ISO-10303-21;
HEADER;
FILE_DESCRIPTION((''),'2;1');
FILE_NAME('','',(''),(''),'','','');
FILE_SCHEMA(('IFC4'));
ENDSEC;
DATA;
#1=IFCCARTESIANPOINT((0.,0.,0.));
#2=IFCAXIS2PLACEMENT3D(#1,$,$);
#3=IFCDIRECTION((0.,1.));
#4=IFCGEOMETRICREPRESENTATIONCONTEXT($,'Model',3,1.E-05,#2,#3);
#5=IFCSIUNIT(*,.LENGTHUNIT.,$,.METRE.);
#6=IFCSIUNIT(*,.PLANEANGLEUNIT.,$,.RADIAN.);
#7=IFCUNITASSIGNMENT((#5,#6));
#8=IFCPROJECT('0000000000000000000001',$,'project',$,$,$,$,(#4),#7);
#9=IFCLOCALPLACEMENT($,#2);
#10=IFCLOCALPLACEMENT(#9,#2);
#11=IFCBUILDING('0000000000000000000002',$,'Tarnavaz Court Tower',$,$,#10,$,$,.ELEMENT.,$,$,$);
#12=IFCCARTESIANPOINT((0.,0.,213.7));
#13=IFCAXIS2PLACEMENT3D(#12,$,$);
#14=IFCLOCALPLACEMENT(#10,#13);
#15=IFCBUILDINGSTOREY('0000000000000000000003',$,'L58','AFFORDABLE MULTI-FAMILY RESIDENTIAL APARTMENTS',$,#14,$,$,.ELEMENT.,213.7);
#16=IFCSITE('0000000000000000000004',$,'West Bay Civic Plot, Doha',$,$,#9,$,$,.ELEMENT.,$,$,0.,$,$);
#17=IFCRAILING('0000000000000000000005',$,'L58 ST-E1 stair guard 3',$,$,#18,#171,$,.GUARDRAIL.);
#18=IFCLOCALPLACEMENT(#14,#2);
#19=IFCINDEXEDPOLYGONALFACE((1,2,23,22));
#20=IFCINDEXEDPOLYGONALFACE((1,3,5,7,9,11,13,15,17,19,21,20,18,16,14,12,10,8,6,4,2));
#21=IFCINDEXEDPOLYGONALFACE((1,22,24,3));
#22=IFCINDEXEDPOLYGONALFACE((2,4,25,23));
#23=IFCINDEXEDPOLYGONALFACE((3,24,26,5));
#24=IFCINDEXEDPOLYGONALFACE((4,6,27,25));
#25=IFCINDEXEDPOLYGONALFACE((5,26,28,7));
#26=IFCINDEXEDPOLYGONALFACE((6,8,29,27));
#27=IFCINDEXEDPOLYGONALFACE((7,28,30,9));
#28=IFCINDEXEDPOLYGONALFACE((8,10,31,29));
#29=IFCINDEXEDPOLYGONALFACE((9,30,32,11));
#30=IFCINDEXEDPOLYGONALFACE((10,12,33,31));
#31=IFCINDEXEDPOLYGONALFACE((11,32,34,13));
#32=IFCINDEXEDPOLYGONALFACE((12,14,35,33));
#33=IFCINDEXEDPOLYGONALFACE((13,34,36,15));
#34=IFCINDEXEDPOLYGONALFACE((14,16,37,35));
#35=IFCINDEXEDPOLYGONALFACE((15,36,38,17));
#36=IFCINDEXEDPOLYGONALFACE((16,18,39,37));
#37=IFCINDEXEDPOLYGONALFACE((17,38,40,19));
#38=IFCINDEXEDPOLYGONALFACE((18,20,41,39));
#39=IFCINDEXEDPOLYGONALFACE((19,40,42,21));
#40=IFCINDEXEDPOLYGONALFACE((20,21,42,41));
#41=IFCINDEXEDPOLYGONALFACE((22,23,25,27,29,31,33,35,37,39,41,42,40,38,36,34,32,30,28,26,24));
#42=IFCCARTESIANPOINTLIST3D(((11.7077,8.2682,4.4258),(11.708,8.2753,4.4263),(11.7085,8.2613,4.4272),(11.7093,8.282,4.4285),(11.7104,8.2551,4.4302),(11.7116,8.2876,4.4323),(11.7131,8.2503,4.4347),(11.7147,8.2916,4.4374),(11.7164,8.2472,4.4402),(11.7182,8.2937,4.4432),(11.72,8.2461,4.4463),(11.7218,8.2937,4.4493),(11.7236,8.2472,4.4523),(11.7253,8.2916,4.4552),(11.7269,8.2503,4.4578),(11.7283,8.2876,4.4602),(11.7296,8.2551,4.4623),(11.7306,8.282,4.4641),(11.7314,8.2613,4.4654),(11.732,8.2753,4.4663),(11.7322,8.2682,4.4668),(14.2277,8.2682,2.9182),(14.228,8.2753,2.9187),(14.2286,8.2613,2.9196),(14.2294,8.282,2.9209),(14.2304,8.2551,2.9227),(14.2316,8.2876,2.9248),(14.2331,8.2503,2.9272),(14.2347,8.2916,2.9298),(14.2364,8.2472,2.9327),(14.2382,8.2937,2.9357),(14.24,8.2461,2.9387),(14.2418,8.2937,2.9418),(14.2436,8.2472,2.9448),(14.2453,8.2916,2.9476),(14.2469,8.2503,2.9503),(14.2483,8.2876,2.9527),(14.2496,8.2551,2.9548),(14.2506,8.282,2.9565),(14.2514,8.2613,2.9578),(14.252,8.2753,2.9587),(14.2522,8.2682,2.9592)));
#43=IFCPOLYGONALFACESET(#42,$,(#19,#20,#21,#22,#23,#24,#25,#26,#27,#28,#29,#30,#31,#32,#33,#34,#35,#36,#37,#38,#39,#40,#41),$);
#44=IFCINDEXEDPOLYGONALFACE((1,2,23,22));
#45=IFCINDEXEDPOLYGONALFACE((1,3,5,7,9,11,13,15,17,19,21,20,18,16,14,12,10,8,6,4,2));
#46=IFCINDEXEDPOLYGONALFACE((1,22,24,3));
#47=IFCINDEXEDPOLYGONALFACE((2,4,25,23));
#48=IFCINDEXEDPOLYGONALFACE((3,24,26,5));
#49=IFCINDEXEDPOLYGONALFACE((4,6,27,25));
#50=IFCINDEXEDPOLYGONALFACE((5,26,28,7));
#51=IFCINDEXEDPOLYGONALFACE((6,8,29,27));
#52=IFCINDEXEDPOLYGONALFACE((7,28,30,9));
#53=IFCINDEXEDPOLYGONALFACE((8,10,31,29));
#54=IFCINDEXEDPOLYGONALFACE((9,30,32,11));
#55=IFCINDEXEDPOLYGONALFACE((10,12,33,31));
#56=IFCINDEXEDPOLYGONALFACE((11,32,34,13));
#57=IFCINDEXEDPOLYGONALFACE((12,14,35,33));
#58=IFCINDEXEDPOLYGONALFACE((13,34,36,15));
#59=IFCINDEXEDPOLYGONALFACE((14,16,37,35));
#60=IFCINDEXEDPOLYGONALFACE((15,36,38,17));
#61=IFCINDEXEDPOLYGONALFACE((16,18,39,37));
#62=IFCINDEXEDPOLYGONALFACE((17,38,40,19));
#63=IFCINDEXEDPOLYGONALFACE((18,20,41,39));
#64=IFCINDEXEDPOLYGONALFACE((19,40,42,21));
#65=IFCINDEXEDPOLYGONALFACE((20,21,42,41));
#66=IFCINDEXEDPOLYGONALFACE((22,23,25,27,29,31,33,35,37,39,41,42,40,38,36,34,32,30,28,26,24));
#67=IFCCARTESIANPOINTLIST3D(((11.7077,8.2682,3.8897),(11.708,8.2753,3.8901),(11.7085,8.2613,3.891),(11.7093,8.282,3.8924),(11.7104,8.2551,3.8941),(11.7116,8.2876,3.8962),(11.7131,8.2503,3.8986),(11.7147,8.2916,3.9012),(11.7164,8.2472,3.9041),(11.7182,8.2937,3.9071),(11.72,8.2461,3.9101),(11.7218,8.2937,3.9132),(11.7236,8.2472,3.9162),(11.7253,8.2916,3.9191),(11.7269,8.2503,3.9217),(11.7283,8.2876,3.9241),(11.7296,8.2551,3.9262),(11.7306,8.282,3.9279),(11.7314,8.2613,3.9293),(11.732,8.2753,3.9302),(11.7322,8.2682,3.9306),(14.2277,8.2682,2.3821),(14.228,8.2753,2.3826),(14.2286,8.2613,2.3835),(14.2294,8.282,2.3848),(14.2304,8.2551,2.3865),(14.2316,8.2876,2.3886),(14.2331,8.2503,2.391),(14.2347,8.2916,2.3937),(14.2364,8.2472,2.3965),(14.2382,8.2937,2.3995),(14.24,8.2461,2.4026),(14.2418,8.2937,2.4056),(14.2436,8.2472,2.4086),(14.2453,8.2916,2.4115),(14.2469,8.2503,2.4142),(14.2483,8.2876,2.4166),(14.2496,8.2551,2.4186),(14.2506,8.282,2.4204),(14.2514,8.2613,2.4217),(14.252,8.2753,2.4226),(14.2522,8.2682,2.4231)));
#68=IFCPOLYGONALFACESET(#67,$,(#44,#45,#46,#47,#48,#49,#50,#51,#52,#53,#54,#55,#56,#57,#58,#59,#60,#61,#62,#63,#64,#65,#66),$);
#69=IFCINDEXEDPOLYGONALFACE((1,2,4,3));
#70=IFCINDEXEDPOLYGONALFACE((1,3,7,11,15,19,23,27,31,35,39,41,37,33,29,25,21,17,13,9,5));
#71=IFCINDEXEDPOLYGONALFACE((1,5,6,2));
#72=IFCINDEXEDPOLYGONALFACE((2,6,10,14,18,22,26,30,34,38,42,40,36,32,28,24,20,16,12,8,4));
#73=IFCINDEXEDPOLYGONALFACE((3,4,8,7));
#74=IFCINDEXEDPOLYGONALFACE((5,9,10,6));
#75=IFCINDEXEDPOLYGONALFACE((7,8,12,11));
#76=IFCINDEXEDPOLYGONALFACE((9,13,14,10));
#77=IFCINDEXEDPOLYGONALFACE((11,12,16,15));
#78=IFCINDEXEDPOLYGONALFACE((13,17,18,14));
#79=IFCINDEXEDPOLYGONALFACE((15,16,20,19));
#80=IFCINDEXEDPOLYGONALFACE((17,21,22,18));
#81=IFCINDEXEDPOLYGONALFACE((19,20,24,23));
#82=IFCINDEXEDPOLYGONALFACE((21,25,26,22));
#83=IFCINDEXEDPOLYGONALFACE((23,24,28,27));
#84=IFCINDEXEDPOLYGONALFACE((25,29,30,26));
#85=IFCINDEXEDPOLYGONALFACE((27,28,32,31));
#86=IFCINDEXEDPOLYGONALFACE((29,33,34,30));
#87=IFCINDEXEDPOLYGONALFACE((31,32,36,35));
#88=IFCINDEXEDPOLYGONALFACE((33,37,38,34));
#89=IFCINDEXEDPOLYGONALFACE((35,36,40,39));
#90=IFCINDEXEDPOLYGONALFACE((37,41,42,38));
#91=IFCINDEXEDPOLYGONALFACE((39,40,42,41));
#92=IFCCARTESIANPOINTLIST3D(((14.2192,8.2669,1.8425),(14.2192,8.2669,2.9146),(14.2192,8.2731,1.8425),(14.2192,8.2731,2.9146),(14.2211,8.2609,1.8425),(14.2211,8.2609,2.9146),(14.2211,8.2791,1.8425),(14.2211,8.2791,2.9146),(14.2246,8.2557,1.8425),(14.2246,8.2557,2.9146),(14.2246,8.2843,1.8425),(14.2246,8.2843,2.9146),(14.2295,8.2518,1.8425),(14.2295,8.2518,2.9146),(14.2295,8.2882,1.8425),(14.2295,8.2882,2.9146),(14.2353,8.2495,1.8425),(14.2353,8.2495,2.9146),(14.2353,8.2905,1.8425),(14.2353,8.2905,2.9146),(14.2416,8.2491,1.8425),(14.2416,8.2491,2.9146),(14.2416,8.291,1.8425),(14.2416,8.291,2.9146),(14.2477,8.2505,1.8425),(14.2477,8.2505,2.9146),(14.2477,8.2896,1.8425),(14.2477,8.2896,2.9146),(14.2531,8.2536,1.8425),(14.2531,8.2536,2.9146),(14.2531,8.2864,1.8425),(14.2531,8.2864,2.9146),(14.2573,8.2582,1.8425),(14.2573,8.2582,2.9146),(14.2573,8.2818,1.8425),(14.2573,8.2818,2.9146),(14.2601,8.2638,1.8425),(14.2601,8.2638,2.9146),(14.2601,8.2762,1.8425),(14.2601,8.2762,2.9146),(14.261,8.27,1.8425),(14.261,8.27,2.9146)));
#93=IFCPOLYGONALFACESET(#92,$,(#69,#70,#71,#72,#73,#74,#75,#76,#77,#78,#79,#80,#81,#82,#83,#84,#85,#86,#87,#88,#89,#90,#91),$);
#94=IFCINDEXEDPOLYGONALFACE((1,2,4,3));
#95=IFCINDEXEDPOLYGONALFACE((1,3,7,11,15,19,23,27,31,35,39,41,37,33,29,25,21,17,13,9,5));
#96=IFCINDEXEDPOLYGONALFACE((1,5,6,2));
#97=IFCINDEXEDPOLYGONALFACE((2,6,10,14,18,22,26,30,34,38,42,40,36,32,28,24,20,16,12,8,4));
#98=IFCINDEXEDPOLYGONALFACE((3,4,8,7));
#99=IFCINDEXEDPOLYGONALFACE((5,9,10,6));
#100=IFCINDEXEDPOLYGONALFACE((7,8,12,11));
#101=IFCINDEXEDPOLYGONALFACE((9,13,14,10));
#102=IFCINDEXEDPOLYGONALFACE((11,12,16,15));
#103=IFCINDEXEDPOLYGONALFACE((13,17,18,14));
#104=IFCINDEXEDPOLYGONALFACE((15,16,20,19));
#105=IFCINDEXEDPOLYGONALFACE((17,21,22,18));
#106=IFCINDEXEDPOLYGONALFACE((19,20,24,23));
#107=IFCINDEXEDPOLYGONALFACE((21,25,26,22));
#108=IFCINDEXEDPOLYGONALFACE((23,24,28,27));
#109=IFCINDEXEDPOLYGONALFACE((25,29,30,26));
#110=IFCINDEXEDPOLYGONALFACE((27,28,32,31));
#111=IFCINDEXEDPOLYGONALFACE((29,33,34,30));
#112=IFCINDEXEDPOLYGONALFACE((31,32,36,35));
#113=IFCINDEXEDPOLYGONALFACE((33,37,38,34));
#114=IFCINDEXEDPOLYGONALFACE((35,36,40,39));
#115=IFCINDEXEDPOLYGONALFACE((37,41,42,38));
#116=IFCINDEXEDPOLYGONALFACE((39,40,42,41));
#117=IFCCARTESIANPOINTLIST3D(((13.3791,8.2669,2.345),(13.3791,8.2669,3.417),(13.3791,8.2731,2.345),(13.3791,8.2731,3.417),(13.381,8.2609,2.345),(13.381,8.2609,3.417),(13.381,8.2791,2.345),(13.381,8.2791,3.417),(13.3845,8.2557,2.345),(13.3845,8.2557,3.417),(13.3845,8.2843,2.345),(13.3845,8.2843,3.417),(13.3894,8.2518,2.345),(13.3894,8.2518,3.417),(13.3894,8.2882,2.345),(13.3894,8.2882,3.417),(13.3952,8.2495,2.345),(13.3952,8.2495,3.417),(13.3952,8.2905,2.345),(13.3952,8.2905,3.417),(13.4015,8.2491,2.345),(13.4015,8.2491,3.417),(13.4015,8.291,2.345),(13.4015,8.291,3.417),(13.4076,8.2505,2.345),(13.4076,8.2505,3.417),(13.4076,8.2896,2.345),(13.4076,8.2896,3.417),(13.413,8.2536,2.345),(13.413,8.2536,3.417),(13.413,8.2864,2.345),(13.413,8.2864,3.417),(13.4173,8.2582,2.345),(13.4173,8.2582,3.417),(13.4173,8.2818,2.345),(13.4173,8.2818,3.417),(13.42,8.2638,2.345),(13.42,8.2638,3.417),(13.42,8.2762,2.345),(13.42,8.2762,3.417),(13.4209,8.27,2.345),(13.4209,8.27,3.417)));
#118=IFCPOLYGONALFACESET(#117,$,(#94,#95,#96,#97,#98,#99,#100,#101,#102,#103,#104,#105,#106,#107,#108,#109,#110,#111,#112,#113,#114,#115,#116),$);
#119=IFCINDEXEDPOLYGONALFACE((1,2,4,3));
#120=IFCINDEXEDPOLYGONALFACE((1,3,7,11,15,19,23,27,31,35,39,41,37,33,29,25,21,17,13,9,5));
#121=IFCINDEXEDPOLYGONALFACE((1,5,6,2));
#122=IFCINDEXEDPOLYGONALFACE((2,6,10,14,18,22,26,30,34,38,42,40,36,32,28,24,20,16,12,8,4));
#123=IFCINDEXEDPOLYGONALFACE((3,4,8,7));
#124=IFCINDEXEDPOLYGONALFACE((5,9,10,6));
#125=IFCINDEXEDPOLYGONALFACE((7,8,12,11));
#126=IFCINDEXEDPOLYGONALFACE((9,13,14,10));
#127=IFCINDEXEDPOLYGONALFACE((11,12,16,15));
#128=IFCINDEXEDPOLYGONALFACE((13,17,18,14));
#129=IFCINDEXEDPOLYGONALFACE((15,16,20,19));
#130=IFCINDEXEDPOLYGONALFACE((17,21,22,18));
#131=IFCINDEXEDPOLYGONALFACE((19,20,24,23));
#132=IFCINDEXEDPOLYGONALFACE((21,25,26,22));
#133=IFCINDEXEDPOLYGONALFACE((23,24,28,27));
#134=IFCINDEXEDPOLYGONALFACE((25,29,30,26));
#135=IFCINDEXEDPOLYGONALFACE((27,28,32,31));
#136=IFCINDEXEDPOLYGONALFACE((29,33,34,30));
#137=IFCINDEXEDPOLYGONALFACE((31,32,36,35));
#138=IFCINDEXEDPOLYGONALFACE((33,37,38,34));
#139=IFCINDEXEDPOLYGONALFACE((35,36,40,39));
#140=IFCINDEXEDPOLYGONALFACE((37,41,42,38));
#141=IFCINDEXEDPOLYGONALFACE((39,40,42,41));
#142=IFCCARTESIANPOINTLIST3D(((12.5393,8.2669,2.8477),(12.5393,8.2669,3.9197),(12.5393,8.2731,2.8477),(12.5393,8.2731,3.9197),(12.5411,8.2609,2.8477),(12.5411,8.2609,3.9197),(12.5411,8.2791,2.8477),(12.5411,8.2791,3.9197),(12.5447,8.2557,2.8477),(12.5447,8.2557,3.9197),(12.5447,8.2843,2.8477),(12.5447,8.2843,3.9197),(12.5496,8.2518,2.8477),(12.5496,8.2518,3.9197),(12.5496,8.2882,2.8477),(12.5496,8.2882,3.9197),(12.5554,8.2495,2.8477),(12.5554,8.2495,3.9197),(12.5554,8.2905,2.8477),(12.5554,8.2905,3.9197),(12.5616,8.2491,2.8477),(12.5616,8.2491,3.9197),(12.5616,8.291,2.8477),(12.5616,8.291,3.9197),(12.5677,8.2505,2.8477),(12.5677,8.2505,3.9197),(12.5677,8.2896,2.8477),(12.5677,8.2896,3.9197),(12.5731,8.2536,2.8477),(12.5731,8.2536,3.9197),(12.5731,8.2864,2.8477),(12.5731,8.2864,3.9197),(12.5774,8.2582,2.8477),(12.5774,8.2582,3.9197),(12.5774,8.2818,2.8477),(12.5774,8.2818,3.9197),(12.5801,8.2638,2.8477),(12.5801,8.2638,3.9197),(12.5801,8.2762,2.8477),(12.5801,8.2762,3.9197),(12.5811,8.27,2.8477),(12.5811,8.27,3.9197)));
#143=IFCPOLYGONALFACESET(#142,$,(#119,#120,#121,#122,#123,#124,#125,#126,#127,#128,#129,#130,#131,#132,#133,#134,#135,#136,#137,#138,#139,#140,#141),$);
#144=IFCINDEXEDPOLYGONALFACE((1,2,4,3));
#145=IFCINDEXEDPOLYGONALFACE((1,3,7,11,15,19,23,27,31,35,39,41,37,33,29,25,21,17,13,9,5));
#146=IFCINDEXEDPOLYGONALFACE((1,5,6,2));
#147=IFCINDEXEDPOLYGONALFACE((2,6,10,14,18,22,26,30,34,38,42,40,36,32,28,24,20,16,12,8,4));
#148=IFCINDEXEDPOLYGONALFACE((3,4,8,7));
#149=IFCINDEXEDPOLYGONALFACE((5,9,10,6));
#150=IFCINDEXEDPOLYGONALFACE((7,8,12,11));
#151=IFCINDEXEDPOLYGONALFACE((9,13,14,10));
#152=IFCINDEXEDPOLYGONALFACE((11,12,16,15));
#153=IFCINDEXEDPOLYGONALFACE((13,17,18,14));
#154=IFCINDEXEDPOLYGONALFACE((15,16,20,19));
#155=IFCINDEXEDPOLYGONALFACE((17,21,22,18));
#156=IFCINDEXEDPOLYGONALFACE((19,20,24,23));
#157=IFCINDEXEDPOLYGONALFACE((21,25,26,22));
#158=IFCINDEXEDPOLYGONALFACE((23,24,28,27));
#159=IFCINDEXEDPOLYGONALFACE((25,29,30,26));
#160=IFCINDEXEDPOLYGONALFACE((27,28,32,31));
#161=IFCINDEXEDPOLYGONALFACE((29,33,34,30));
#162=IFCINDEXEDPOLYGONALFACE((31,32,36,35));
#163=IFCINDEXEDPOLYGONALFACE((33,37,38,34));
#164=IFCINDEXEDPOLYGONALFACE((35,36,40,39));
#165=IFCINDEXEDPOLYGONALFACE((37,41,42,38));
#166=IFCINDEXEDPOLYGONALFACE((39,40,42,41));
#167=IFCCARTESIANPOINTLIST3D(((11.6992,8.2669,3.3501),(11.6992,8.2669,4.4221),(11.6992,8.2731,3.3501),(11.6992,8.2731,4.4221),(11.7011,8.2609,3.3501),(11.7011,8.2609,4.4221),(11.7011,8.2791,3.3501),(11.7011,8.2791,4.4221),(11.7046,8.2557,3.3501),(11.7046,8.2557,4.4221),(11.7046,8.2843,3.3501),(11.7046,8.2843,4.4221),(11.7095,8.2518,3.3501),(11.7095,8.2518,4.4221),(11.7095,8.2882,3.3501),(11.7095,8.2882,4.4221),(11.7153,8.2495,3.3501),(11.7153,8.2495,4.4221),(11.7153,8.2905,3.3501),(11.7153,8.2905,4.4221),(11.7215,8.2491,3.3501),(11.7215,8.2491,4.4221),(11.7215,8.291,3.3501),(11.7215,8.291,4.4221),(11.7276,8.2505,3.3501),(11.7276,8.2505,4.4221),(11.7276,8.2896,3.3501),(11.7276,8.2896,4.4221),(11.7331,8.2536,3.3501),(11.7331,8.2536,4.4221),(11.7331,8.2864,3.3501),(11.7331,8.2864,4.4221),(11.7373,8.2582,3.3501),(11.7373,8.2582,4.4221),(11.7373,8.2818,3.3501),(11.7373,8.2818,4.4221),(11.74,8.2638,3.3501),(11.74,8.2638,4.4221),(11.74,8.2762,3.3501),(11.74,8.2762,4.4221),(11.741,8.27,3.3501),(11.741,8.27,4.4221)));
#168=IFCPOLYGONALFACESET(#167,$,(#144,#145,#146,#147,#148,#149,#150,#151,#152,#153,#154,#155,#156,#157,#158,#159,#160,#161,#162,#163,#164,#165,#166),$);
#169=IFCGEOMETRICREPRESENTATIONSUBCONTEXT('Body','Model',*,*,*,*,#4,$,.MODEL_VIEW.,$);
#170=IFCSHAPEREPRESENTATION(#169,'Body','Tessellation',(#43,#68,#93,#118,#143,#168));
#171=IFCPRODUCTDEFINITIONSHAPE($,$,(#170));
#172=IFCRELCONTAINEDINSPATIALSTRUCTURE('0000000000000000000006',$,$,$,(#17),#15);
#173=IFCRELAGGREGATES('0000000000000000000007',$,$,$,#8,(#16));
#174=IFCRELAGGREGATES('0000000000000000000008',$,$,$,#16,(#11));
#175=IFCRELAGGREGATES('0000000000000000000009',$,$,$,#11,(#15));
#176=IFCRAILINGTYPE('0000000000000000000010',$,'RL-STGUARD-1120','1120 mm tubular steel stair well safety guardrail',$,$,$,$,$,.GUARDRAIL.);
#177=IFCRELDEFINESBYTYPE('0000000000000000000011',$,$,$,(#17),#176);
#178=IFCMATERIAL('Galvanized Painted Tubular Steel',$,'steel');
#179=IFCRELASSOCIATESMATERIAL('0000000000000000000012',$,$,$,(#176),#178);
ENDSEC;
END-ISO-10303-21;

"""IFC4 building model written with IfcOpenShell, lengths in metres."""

from ifc_helpers import new_model, si_unit, direction, frame, origin, origin_2d, place, context, subcontext, project, spatial, circle, extrude, material, type_object, element, save


model = new_model("IFC4")

# Units and contexts
model_context = context("Model", 3, precision=1e-05, world=origin(), true_north=direction((0.0, 1.0)))
body_context = subcontext(model_context, "Body", "Model", "MODEL_VIEW")
ifc_project = project(units=[si_unit("LENGTHUNIT", "METRE"), si_unit("PLANEANGLEUNIT", "RADIAN")], contexts=[model_context])

# Site, building, storey
site_placement = place(None, origin())
site = spatial("IfcSite", under=ifc_project, at=site_placement, Name="West Bay Civic Plot, Doha", CompositionType="ELEMENT", RefElevation=0.0)
building_placement = place(site_placement, origin())
building = spatial("IfcBuilding", under=site, at=building_placement, Name="Tarnavaz Court Tower", CompositionType="ELEMENT")
storey_placement = place(building_placement, frame((0.0, 0.0, 213.7)))
storey = spatial("IfcBuildingStorey", under=building, at=storey_placement, Name="L58", Description="AFFORDABLE MULTI-FAMILY RESIDENTIAL APARTMENTS", CompositionType="ELEMENT", Elevation=213.7)

# Railing
ifc_material_1 = material(Name="Galvanized Painted Tubular Steel", Category="steel")
railing_type_1 = type_object("IfcRailingType", Name="RL-STGUARD-1120", Description="1120 mm tubular steel stair well safety guardrail", PredefinedType="GUARDRAIL", material=ifc_material_1)
railing_1_placement = place(storey_placement, frame((14.24, 8.27, 1.8425)))
element("IfcRailing", 1, at=railing_1_placement, inside=storey, type_object=railing_type_1, Name="L58 ST-E1 stair guard 3", PredefinedType="GUARDRAIL", context=body_context, shape_type="SweptSolid", body=[
    extrude(circle(Radius=0.0239, at=origin_2d()), frame((0.0, 0.0, 1.0962), z_axis=(-0.85816, 0.0, 0.513383), x_axis=(0.0, -1.0, 0.0)), (0.0, 0.0, 1.0), 2.9365),
    extrude(circle(Radius=0.0239, at=origin_2d()), frame((0.0, 0.0, 0.5601), z_axis=(-0.85816, 0.0, 0.513383), x_axis=(0.0, -1.0, 0.0)), (0.0, 0.0, 1.0), 2.9365),
    extrude(circle(Radius=0.021, at=origin_2d()), origin(), (0.0, 0.0, 1.0), 1.072),
    extrude(circle(Radius=0.021, at=origin_2d()), frame((-0.8401, 0.0, 0.5024)), (0.0, 0.0, 1.0), 1.072),
    extrude(circle(Radius=0.021, at=origin_2d()), frame((-1.6799, 0.0, 1.0051)), (0.0, 0.0, 1.0), 1.072),
    extrude(circle(Radius=0.021, at=origin_2d()), frame((-2.52, 0.0, 1.5076)), (0.0, 0.0, 1.0), 1.072),
])

save(model, "model.ifc")
